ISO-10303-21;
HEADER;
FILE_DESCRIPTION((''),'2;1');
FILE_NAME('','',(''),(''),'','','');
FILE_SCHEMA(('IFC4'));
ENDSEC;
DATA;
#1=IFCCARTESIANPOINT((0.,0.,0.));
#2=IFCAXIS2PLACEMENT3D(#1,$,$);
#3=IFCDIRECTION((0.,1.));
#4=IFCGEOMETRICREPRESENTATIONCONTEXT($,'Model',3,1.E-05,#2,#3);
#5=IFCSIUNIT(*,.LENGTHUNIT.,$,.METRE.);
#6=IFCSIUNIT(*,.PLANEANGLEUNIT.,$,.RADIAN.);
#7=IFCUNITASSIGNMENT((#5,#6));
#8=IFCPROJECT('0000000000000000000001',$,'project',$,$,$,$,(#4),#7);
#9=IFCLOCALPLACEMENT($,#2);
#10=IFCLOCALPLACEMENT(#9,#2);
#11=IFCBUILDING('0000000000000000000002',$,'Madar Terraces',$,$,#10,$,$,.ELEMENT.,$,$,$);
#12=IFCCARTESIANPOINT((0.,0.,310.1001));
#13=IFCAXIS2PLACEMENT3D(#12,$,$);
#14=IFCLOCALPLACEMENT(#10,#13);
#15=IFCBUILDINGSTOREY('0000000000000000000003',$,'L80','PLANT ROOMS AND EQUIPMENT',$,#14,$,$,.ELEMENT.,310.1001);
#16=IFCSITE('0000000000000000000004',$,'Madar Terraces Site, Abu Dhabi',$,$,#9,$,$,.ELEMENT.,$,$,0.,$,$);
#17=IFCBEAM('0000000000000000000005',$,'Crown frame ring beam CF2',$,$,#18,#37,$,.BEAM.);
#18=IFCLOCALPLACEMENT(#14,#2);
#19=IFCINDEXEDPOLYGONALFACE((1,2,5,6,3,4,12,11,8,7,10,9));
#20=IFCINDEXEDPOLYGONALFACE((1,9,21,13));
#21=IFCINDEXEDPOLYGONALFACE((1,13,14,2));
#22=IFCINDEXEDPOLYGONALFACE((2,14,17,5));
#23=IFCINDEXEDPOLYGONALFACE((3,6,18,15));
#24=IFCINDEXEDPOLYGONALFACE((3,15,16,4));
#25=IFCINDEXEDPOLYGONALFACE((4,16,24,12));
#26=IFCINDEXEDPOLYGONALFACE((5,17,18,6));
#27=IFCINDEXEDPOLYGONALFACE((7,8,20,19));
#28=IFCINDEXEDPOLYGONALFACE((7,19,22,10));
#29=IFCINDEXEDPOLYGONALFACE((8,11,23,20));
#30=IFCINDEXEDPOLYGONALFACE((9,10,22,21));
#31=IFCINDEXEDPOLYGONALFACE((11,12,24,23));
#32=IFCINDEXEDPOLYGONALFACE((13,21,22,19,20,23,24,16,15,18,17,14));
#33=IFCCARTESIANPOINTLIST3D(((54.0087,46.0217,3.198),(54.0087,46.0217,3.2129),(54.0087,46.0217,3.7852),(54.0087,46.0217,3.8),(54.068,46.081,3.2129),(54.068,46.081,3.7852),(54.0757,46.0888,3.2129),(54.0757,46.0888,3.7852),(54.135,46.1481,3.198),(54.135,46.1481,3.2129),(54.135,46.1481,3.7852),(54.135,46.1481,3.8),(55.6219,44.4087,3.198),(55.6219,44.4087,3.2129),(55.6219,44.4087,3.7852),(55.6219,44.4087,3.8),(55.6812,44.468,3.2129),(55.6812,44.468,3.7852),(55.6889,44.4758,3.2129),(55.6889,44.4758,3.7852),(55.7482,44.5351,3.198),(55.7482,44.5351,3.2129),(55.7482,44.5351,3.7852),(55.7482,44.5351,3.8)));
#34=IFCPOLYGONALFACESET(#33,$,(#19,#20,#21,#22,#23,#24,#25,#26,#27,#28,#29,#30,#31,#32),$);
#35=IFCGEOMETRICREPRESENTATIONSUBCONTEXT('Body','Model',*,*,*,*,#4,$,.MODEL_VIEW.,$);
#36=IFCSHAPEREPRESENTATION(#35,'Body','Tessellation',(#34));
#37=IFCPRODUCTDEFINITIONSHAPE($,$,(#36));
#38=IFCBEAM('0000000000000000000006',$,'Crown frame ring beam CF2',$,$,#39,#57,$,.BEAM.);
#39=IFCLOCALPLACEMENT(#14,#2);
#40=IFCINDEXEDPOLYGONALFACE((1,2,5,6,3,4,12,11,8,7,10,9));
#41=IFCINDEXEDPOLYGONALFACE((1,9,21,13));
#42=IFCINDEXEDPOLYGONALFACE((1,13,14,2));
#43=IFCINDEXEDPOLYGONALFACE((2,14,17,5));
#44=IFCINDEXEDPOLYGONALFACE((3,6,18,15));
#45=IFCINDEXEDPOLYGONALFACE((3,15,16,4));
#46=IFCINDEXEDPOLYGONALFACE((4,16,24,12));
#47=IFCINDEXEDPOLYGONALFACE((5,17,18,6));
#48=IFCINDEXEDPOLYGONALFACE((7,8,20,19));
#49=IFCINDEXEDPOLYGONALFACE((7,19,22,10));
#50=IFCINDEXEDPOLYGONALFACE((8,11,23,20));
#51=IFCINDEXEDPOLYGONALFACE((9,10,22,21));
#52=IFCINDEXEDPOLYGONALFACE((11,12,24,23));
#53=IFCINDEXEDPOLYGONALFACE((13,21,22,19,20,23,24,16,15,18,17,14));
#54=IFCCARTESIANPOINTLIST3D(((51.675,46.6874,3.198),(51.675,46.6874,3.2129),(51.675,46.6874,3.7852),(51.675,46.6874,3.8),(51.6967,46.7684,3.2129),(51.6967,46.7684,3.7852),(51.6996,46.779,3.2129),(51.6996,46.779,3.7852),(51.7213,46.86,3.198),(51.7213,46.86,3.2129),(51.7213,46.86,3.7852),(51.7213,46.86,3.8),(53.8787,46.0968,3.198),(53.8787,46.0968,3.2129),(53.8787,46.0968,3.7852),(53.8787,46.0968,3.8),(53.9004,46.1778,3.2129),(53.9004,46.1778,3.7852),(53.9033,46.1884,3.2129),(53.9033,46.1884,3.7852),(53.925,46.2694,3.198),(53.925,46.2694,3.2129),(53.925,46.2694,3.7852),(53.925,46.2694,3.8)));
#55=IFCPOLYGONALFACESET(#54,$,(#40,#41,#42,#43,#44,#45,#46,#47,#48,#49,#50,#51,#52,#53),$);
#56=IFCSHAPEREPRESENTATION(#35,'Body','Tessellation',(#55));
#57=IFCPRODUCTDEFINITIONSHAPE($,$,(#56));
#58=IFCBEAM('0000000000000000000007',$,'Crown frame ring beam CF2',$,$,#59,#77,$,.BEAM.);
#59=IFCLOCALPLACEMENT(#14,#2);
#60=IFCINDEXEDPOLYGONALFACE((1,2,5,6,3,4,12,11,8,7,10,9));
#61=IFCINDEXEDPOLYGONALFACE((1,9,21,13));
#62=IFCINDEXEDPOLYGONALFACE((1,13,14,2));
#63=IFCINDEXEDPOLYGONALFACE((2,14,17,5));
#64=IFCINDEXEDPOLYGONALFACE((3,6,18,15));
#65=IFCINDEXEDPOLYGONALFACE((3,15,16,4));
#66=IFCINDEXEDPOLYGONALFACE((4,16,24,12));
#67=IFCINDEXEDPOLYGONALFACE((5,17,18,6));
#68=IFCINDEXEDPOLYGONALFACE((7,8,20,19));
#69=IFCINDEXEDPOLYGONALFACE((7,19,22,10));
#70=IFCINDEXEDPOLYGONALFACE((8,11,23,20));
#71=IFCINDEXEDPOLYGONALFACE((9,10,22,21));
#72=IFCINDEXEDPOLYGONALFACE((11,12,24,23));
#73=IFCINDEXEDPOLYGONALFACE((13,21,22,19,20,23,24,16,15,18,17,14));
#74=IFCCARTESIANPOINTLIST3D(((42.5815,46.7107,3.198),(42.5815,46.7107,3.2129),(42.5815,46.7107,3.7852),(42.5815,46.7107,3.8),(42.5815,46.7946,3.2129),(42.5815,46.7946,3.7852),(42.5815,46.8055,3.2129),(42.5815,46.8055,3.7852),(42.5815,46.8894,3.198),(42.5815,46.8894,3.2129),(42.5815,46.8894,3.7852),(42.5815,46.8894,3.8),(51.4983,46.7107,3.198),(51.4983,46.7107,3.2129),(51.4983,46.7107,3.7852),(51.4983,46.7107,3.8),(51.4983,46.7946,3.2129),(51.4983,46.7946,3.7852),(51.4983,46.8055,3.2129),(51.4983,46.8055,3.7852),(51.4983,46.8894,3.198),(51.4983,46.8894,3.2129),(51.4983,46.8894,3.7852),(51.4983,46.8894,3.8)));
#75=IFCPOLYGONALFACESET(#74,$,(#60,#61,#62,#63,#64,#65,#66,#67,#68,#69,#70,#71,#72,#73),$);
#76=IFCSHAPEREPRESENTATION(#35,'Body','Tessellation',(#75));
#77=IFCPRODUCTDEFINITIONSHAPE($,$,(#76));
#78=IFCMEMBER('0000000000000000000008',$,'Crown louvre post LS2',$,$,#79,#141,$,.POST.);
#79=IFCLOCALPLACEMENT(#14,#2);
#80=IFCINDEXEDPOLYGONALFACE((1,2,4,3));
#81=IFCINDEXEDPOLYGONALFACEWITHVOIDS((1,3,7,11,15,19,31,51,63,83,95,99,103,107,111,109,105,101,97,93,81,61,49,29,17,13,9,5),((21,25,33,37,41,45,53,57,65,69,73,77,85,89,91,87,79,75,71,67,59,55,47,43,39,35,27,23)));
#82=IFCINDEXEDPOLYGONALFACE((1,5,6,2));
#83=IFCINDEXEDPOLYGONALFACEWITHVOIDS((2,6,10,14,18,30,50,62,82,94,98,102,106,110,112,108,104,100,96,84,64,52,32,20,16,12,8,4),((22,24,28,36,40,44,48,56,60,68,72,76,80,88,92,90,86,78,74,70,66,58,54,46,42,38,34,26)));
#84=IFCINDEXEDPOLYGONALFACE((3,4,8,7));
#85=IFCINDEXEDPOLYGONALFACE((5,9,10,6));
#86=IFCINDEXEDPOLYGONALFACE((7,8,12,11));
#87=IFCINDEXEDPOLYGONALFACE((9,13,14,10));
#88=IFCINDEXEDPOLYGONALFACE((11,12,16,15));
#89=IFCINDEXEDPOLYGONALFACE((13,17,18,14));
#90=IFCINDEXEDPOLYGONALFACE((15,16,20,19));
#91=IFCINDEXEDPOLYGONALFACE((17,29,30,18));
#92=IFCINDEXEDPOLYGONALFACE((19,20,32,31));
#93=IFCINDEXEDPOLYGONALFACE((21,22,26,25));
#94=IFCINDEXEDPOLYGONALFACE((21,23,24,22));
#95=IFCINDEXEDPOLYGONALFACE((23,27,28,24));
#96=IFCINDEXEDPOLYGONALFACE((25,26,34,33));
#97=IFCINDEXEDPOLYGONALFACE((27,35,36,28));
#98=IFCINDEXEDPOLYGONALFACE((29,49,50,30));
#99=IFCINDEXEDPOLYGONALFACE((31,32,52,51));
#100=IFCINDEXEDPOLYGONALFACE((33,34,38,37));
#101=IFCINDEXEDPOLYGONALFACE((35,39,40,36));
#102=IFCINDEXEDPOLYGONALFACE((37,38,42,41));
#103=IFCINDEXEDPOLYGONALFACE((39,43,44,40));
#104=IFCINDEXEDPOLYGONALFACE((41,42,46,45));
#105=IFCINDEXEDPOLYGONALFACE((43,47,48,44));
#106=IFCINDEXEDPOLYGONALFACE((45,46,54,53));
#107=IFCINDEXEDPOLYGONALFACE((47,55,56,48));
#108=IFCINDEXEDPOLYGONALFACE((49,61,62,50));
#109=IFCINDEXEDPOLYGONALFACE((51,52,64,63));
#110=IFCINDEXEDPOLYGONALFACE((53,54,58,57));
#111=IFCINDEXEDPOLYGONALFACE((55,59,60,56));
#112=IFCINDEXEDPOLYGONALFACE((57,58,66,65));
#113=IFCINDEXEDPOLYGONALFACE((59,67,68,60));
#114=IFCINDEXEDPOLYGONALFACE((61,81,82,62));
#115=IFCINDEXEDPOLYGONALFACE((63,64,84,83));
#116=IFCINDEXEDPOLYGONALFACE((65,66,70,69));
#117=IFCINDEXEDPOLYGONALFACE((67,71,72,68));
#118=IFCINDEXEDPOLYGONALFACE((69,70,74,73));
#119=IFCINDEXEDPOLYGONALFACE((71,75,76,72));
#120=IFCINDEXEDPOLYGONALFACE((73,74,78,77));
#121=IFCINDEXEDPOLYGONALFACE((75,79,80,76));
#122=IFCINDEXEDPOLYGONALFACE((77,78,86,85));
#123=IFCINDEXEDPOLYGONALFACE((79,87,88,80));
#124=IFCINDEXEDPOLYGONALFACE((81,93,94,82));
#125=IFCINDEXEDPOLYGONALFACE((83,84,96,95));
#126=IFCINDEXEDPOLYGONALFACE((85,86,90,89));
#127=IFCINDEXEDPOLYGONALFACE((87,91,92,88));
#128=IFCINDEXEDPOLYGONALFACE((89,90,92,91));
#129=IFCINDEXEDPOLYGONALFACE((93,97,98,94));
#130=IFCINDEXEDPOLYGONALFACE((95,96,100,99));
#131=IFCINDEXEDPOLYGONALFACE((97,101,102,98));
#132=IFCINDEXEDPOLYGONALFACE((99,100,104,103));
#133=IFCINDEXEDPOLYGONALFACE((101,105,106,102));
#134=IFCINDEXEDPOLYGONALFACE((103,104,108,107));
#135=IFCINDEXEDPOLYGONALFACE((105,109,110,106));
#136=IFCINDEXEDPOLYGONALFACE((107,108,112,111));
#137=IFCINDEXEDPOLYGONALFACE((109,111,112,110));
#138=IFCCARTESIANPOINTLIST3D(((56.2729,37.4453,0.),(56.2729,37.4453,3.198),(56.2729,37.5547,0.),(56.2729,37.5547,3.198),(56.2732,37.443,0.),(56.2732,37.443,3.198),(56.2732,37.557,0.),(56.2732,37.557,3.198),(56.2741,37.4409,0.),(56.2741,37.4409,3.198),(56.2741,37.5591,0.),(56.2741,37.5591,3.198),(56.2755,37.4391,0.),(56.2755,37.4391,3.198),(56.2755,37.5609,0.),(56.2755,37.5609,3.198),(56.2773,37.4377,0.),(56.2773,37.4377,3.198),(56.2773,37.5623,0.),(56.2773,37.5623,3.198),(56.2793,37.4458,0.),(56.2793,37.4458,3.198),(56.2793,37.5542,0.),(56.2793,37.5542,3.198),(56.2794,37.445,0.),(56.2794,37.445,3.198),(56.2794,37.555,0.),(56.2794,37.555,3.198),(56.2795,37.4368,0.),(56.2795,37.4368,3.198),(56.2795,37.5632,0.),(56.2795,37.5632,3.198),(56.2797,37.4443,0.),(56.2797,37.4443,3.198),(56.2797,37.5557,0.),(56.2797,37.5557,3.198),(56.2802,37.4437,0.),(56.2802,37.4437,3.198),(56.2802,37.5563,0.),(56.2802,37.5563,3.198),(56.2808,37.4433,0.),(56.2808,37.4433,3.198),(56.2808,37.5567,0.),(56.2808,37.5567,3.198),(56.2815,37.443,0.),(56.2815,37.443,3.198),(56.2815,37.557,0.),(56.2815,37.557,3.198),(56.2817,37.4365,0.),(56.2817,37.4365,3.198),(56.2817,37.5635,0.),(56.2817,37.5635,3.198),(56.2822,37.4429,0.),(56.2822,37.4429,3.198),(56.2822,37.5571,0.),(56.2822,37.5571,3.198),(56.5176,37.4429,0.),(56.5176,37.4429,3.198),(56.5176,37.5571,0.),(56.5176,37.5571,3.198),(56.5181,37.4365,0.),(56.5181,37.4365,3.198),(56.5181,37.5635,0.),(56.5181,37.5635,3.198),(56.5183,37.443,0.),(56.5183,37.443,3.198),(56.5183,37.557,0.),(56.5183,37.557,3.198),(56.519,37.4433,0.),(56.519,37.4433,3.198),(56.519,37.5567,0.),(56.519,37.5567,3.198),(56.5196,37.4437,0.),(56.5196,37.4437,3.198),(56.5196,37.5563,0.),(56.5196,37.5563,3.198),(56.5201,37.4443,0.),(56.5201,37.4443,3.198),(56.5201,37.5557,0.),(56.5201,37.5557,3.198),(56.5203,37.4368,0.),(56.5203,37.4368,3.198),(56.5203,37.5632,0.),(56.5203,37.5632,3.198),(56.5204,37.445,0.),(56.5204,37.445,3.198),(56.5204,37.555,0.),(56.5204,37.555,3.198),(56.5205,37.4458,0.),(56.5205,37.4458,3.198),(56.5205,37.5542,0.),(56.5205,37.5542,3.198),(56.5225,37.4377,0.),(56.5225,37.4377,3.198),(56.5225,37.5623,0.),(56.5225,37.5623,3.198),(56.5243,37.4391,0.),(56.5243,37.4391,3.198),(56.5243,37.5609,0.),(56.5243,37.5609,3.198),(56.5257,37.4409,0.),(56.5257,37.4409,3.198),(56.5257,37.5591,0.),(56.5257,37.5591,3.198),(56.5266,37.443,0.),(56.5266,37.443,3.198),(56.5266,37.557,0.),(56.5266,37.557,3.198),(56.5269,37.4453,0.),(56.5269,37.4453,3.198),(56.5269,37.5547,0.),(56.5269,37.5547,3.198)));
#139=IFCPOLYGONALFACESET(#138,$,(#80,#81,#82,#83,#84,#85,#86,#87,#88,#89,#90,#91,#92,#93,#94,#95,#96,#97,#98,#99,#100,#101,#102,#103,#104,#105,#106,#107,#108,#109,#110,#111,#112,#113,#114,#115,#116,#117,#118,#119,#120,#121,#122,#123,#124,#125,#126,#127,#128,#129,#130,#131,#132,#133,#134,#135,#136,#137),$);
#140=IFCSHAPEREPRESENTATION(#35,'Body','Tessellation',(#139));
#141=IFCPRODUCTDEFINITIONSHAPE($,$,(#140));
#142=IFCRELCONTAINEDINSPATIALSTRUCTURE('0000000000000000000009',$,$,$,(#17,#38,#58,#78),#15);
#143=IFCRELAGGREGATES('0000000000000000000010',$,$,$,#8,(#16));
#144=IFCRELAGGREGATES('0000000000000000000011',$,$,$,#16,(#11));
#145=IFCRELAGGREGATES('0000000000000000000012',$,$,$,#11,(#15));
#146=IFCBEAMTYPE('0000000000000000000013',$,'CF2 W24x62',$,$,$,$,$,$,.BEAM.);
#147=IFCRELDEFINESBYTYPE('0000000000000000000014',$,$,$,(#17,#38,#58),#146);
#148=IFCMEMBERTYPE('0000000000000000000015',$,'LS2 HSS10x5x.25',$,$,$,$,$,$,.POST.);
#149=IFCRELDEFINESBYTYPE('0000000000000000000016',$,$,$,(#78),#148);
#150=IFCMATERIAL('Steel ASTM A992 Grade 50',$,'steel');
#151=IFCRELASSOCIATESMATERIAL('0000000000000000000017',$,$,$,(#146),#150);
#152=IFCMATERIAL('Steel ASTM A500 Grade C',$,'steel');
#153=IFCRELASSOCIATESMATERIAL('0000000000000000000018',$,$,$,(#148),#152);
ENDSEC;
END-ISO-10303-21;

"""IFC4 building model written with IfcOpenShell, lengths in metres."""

from ifc_helpers import new_model, si_unit, direction, frame, origin, origin_2d, place, context, subcontext, project, spatial, hollow_rectangle, i_section, extrude, material, material_profile, profile_set, type_object, element, save


model = new_model("IFC4")

# Units and contexts
model_context = context("Model", 3, precision=1e-05, world=origin(), true_north=direction((0.0, 1.0)))
body_context = subcontext(model_context, "Body", "Model", "MODEL_VIEW")
ifc_project = project(units=[si_unit("LENGTHUNIT", "METRE"), si_unit("PLANEANGLEUNIT", "RADIAN")], contexts=[model_context])

# Site, building, storey
site_placement = place(None, origin())
site = spatial("IfcSite", under=ifc_project, at=site_placement, Name="Madar Terraces Site, Abu Dhabi", CompositionType="ELEMENT", RefElevation=0.0)
building_placement = place(site_placement, origin())
building = spatial("IfcBuilding", under=site, at=building_placement, Name="Madar Terraces", CompositionType="ELEMENT")
storey_placement = place(building_placement, frame((0.0, 0.0, 310.1001)))
storey = spatial("IfcBuildingStorey", under=building, at=storey_placement, Name="L80", Description="PLANT ROOMS AND EQUIPMENT", CompositionType="ELEMENT", Elevation=310.1001)

# Beams
ifc_material_1 = material(Name="Steel ASTM A992 Grade 50", Category="steel")
ifc_material_profile_1 = material_profile(ifc_material_1, i_section(OverallWidth=0.1787, OverallDepth=0.6021, WebThickness=0.011, FlangeThickness=0.0149, at=origin_2d()), Name="W24x62")
ifc_profile_set_1 = profile_set([ifc_material_profile_1], Name="Steel ASTM A992 Grade 50")
beam_type = type_object("IfcBeamType", Name="CF2 W24x62", PredefinedType="BEAM", material=ifc_profile_set_1)
beam_1_placement = place(storey_placement, frame((55.6851, 44.4719, 3.499), z_axis=(-0.70716, 0.707053, 0.0), x_axis=(-0.707053, -0.70716, 0.0)))
element("IfcBeam", 1, at=beam_1_placement, inside=storey, type_object=beam_type, Name="Crown frame ring beam CF2", PredefinedType="BEAM", context=body_context, shape_type="SweptSolid", body=[
    extrude(i_section(OverallWidth=0.1787, OverallDepth=0.6021, WebThickness=0.011, FlangeThickness=0.0149, at=origin_2d()), origin(), (0.0, 0.0, 1.0), 2.2812),
])
beam_2_placement = place(storey_placement, frame((53.9019, 46.1831, 3.499), z_axis=(-0.965913, 0.258868, 0.0), x_axis=(-0.258868, -0.965913, 0.0)))
element("IfcBeam", 2, at=beam_2_placement, inside=storey, type_object=beam_type, Name="Crown frame ring beam CF2", PredefinedType="BEAM", context=body_context, shape_type="SweptSolid", body=[
    extrude(i_section(OverallWidth=0.1787, OverallDepth=0.6021, WebThickness=0.011, FlangeThickness=0.0149, at=origin_2d()), origin(), (0.0, 0.0, 1.0), 2.2815),
])
beam_3_placement = place(storey_placement, frame((51.4983, 46.8, 3.499), z_axis=(-1.0, 0.0, 0.0), x_axis=(0.0, -1.0, 0.0)))
element("IfcBeam", 3, at=beam_3_placement, inside=storey, type_object=beam_type, Name="Crown frame ring beam CF2", PredefinedType="BEAM", context=body_context, shape_type="SweptSolid", body=[
    extrude(i_section(OverallWidth=0.1787, OverallDepth=0.6021, WebThickness=0.011, FlangeThickness=0.0149, at=origin_2d()), origin(), (0.0, 0.0, 1.0), 8.9167),
])

# Member
ifc_material_2 = material(Name="Steel ASTM A500 Grade C", Category="steel")
ifc_material_profile_2 = material_profile(ifc_material_2, hollow_rectangle(XDim=0.127, YDim=0.2539, WallThickness=0.0063, InnerFilletRadius=0.0029, OuterFilletRadius=0.0088, at=origin_2d()), Name="HSS10x5x.25")
ifc_profile_set_2 = profile_set([ifc_material_profile_2], Name="Steel ASTM A500 Grade C")
member_type = type_object("IfcMemberType", Name="LS2 HSS10x5x.25", PredefinedType="POST", material=ifc_profile_set_2)
for number, where, z_axis, x_axis, name in (
    (4, (56.3999, 37.5, 0.0), (0.0, 0.0, 1.0), (0.0, 1.0, 0.0), "Crown louvre post LS2"),
):
    element("IfcMember", number, at=place(storey_placement, frame(where, z_axis=z_axis, x_axis=x_axis)), inside=storey, type_object=member_type, Name=name, PredefinedType="POST", context=body_context, shape_type="SweptSolid", body=[
        extrude(hollow_rectangle(XDim=0.127, YDim=0.2539, WallThickness=0.0063, InnerFilletRadius=0.0029, OuterFilletRadius=0.0088, at=origin_2d()), origin(), (0.0, 0.0, 1.0), 3.198),
    ])

save(model, "model.ifc")
